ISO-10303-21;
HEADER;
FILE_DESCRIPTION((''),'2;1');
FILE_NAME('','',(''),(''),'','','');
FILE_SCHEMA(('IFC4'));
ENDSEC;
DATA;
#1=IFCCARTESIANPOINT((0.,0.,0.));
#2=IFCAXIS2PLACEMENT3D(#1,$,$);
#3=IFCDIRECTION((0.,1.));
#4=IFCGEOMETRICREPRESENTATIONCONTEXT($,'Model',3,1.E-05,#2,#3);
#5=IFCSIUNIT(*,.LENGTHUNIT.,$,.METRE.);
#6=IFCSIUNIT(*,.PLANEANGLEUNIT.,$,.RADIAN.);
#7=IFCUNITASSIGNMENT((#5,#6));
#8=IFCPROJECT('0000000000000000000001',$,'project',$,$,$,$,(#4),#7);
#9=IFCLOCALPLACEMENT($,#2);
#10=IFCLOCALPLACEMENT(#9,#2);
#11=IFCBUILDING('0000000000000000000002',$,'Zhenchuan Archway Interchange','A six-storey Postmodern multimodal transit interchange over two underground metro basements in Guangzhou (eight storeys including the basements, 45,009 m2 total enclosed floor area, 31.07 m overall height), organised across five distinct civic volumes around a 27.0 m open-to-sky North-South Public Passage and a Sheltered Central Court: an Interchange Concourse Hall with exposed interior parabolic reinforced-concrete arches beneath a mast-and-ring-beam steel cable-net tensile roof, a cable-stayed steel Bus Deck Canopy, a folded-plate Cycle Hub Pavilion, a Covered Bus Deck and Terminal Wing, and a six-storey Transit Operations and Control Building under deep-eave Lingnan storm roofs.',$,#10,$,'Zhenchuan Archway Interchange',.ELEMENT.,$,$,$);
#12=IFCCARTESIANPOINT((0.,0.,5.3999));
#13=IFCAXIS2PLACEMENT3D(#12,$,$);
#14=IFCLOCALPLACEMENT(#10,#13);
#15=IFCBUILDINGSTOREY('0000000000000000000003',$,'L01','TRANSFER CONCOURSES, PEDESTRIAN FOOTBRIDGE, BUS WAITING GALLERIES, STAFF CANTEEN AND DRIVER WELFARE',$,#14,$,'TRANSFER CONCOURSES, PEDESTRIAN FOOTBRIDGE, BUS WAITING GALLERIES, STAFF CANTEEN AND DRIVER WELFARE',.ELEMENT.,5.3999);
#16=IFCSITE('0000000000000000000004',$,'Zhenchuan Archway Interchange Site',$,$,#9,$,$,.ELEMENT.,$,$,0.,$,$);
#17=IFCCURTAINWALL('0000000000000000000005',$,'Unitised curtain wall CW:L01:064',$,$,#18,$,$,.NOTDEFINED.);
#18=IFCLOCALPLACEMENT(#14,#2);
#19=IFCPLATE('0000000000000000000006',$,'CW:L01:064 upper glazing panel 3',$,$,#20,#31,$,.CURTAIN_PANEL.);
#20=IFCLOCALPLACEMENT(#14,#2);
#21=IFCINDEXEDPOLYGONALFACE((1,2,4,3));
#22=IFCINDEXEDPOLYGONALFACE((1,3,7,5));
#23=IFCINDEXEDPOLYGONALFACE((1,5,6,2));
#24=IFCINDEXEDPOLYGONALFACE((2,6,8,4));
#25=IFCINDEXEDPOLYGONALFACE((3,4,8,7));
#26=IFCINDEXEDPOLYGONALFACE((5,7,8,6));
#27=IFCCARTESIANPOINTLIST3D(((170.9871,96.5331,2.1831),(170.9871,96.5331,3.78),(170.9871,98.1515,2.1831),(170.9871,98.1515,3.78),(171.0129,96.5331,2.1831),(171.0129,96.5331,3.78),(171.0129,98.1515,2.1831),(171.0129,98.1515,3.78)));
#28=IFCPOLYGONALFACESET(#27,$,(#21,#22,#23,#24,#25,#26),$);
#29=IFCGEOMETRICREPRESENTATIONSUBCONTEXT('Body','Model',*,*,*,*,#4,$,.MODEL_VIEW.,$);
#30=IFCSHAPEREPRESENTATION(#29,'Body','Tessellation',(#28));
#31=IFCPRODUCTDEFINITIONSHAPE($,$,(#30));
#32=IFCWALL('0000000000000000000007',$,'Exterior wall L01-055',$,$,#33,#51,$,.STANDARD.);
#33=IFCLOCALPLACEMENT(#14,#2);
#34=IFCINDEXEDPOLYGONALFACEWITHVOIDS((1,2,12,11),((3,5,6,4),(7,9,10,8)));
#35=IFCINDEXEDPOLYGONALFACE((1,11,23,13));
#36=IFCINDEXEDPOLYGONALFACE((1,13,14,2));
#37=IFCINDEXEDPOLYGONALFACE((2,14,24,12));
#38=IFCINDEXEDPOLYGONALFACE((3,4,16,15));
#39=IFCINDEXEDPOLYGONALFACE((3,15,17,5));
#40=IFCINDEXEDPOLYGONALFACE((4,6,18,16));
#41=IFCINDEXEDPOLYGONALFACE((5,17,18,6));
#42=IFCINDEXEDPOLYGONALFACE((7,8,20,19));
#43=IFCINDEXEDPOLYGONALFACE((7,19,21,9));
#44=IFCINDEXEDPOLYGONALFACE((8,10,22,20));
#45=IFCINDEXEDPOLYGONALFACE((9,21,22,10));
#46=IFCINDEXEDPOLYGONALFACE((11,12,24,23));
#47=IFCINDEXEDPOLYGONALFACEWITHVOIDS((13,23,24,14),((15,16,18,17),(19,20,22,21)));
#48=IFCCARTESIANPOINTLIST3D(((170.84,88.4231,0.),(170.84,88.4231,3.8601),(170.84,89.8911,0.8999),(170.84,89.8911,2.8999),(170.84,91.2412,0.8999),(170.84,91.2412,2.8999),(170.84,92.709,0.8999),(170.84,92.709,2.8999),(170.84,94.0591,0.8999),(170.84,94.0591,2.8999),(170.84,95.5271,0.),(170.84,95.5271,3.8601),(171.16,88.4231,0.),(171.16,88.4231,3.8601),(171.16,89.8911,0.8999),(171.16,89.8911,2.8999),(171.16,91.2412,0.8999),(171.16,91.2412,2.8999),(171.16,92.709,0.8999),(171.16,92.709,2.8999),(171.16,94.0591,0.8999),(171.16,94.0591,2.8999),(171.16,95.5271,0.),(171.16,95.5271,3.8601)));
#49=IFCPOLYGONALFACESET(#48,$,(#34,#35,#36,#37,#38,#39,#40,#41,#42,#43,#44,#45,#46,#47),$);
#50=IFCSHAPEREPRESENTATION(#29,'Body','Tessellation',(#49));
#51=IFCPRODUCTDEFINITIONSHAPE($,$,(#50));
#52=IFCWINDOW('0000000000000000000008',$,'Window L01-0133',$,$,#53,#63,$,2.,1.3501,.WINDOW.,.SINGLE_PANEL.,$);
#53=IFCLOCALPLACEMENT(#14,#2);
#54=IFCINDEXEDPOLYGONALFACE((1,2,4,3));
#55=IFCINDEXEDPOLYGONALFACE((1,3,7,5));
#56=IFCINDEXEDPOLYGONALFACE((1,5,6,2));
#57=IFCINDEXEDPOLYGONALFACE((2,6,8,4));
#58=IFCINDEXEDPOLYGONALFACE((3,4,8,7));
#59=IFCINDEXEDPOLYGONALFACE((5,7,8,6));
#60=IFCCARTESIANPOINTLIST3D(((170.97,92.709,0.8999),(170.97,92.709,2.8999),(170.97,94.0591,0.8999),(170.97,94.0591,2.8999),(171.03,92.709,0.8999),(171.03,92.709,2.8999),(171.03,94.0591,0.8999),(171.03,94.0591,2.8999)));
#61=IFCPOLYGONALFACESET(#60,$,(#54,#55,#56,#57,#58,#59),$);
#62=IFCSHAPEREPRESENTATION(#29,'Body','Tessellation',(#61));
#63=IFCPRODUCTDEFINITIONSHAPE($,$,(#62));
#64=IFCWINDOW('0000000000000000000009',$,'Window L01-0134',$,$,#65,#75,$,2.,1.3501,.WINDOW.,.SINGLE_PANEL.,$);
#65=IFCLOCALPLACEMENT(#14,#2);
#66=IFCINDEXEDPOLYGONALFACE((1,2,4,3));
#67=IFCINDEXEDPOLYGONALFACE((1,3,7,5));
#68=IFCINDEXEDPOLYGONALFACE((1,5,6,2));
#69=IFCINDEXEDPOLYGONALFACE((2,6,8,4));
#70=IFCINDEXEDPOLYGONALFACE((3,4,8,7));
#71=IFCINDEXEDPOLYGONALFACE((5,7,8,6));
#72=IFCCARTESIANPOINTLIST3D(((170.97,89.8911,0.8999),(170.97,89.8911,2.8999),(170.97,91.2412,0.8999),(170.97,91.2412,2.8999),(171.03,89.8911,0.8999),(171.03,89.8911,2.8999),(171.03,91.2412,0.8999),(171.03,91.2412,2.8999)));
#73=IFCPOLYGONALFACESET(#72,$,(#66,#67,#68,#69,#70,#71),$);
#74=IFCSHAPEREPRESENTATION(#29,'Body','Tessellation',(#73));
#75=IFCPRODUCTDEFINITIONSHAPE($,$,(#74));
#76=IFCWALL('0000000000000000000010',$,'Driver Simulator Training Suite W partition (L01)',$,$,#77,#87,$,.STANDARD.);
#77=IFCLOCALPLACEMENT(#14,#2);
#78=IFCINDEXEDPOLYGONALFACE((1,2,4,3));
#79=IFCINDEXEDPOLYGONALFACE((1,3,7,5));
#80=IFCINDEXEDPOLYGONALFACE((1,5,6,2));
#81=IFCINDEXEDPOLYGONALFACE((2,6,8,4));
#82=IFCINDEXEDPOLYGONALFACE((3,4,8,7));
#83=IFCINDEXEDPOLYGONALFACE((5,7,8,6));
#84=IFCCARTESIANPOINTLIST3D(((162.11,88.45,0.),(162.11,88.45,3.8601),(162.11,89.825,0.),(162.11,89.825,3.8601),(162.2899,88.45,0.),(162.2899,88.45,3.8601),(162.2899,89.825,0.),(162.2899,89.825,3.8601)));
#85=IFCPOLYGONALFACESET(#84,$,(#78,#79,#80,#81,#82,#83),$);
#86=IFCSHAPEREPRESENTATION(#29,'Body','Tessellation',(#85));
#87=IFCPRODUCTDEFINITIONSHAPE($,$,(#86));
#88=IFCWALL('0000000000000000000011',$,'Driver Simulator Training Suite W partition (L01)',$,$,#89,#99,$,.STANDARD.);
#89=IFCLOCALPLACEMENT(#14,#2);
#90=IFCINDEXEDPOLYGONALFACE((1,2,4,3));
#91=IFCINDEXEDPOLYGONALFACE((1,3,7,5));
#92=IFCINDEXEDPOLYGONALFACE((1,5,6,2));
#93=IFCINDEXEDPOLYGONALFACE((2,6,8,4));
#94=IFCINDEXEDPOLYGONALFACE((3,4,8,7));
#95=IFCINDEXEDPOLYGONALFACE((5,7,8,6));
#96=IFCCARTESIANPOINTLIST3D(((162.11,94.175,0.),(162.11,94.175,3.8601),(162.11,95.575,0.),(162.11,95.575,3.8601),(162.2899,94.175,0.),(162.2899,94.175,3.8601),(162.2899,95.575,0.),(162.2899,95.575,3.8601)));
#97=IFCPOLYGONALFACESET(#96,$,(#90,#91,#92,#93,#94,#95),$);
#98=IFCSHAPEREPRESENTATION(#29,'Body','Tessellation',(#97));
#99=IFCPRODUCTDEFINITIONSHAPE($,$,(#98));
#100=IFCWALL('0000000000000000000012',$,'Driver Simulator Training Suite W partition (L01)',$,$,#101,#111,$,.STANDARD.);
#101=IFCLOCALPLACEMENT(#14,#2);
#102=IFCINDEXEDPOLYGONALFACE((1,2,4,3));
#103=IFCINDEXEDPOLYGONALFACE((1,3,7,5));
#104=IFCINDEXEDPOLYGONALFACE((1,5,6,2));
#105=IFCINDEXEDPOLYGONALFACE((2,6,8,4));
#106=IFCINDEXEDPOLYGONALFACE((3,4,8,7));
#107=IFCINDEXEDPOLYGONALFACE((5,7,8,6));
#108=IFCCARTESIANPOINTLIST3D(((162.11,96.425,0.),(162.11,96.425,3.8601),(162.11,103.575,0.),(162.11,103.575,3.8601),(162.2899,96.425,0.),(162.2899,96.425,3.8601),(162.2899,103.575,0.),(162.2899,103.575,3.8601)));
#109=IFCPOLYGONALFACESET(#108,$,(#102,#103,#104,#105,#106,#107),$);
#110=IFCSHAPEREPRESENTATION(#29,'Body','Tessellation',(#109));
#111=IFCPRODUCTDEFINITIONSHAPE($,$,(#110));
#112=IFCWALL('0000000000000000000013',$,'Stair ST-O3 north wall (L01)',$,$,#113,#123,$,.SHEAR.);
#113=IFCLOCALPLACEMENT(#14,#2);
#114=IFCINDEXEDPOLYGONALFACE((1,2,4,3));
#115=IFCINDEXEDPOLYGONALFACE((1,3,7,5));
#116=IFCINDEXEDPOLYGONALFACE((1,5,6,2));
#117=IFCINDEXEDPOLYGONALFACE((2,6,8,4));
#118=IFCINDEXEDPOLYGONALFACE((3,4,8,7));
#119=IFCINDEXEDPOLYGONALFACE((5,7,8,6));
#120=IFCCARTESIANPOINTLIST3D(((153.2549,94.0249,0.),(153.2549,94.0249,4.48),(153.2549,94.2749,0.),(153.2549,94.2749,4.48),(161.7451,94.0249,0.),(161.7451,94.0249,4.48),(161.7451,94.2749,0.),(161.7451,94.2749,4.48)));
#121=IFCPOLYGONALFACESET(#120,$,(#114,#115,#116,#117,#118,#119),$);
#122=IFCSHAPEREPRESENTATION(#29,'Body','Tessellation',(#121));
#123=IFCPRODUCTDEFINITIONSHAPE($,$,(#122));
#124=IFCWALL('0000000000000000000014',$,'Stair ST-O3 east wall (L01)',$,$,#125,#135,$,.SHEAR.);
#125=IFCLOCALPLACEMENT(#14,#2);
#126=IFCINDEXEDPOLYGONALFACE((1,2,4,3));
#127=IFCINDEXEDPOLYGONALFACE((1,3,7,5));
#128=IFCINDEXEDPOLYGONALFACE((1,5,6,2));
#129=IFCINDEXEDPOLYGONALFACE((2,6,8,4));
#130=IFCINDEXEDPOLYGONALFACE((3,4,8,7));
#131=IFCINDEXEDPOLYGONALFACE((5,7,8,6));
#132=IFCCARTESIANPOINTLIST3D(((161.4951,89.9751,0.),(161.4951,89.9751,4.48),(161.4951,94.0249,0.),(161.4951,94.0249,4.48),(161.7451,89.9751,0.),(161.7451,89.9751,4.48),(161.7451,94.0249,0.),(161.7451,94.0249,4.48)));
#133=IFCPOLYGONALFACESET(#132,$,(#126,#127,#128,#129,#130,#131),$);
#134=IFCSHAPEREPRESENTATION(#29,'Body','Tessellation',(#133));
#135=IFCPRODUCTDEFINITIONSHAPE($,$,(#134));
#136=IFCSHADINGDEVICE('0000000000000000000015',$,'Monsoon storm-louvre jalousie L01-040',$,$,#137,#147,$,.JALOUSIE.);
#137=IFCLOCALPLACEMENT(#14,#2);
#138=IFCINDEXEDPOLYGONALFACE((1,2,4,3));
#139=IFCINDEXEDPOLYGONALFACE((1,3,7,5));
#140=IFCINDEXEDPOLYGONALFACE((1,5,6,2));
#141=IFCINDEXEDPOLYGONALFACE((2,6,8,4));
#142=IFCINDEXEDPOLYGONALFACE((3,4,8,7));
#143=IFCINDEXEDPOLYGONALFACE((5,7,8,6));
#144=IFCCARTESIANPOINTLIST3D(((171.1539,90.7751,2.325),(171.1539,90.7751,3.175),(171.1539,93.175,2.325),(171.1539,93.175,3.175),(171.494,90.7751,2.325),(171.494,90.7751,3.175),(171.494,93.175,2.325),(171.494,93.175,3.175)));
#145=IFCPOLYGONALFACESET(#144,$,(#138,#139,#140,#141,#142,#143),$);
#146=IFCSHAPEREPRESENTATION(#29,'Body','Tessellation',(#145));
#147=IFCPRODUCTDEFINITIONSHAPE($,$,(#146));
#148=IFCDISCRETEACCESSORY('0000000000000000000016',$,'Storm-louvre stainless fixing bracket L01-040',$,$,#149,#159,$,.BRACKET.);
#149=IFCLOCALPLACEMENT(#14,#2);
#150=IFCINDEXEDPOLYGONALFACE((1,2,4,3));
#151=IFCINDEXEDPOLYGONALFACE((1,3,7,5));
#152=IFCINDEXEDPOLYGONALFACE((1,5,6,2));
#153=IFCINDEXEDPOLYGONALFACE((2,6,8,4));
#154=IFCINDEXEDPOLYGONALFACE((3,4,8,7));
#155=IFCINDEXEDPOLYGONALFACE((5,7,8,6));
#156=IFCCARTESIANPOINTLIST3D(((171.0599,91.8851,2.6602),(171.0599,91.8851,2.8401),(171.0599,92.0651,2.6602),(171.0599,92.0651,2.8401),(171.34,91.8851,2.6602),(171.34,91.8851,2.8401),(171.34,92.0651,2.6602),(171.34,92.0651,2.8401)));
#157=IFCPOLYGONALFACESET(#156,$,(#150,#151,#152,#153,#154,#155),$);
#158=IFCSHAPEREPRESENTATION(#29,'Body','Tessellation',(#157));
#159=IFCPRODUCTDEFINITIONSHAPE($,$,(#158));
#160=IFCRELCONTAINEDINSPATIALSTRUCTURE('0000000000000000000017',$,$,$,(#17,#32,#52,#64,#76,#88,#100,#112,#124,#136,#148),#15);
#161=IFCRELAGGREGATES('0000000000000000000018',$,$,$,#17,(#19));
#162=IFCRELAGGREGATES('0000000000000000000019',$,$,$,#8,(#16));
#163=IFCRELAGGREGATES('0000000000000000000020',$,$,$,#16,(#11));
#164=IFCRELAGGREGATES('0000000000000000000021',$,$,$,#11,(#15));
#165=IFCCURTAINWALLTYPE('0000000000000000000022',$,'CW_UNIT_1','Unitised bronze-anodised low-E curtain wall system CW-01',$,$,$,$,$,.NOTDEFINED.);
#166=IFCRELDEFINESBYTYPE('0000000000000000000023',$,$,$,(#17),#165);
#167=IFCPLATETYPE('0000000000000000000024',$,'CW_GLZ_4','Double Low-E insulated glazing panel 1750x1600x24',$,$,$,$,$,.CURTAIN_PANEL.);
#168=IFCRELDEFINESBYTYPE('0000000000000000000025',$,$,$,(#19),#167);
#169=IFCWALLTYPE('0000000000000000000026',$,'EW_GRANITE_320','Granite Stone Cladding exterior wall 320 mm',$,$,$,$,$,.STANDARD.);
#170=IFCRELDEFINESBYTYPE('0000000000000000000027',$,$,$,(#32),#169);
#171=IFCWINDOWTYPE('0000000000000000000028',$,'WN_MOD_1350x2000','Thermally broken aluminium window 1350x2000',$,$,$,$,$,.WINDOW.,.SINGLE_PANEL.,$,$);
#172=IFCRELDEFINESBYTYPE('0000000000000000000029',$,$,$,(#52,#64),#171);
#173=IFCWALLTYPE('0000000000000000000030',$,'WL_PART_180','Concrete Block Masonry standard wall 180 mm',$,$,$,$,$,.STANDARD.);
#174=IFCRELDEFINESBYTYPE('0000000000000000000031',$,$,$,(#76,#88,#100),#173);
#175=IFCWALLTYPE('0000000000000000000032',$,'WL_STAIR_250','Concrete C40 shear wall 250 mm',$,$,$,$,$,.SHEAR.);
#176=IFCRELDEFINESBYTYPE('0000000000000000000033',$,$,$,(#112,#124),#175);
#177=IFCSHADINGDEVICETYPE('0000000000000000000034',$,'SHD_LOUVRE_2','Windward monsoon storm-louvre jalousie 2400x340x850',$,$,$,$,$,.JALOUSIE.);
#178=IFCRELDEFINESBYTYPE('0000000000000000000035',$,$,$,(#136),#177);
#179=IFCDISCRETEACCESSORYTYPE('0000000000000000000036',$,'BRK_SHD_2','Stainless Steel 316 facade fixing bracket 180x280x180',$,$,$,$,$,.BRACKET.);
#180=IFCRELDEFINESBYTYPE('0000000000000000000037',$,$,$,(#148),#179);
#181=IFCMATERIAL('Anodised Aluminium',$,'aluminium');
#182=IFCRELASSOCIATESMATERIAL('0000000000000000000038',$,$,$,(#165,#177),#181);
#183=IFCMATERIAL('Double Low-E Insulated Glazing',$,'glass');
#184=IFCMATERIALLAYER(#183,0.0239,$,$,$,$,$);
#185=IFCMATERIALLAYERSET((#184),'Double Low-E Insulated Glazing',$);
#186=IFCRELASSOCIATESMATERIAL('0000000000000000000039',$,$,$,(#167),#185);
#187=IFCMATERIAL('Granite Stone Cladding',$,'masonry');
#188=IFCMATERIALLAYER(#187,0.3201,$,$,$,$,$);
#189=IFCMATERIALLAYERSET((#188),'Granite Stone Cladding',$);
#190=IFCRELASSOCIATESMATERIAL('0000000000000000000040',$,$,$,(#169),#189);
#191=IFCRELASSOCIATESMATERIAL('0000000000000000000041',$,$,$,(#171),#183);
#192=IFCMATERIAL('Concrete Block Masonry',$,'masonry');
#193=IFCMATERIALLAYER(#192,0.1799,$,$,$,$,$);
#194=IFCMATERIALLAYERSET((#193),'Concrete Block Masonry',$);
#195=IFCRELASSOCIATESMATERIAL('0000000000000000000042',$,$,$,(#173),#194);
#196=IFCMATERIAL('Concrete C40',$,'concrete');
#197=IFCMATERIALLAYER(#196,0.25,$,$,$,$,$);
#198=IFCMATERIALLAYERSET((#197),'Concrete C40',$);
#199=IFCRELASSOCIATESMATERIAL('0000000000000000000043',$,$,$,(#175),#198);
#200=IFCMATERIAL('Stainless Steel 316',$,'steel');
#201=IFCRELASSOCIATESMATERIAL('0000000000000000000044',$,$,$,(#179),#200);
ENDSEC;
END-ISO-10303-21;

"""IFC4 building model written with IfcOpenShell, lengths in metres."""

from ifc_helpers import new_model, si_unit, direction, frame, frame_2d, origin, origin_2d, place, context, subcontext, project, spatial, rectangle, extrude, material, layer, layer_set, type_object, element, fill, aggregate, save


model = new_model("IFC4")

# Units and contexts
model_context = context("Model", 3, precision=1e-05, world=origin(), true_north=direction((0.0, 1.0)))
body_context = subcontext(model_context, "Body", "Model", "MODEL_VIEW")
ifc_project = project(units=[si_unit("LENGTHUNIT", "METRE"), si_unit("PLANEANGLEUNIT", "RADIAN")], contexts=[model_context])

# Site, building, storey
site_placement = place(None, origin())
site = spatial("IfcSite", under=ifc_project, at=site_placement, Name="Zhenchuan Archway Interchange Site", CompositionType="ELEMENT", RefElevation=0.0)
building_placement = place(site_placement, origin())
building = spatial("IfcBuilding", under=site, at=building_placement, Name="Zhenchuan Archway Interchange", Description="A six-storey Postmodern multimodal transit interchange over two underground metro basements in Guangzhou (eight storeys including the basements, 45,009 m2 total enclosed floor area, 31.07 m overall height), organised across five distinct civic volumes around a 27.0 m open-to-sky North-South Public Passage and a Sheltered Central Court: an Interchange Concourse Hall with exposed interior parabolic reinforced-concrete arches beneath a mast-and-ring-beam steel cable-net tensile roof, a cable-stayed steel Bus Deck Canopy, a folded-plate Cycle Hub Pavilion, a Covered Bus Deck and Terminal Wing, and a six-storey Transit Operations and Control Building under deep-eave Lingnan storm roofs.", LongName="Zhenchuan Archway Interchange", CompositionType="ELEMENT")
storey_placement = place(building_placement, frame((0.0, 0.0, 5.3999)))
storey = spatial("IfcBuildingStorey", under=building, at=storey_placement, Name="L01", Description="TRANSFER CONCOURSES, PEDESTRIAN FOOTBRIDGE, BUS WAITING GALLERIES, STAFF CANTEEN AND DRIVER WELFARE", LongName="TRANSFER CONCOURSES, PEDESTRIAN FOOTBRIDGE, BUS WAITING GALLERIES, STAFF CANTEEN AND DRIVER WELFARE", CompositionType="ELEMENT", Elevation=5.3999)

# Shared definitions
ifc_material_1 = material(Name="Concrete C40", Category="concrete")

# Curtain wall
ifc_material_2 = material(Name="Anodised Aluminium", Category="aluminium")
curtain_wall_type = type_object("IfcCurtainWallType", Name="CW_UNIT_1", Description="Unitised bronze-anodised low-E curtain wall system CW-01", PredefinedType="NOTDEFINED", material=ifc_material_2)
curtain_wall_placement = place(storey_placement, origin())
curtain_wall = element("IfcCurtainWall", 1, at=curtain_wall_placement, inside=storey, type_object=curtain_wall_type, Name="Unitised curtain wall CW:L01:064", PredefinedType="NOTDEFINED")

# Plate
ifc_material_3 = material(Name="Double Low-E Insulated Glazing", Category="glass")
ifc_layer_1 = layer(ifc_material_3, 0.0239)
ifc_layer_set_1 = layer_set([ifc_layer_1], Name="Double Low-E Insulated Glazing")
plate_type_1 = type_object("IfcPlateType", Name="CW_GLZ_4", Description="Double Low-E insulated glazing panel 1750x1600x24", PredefinedType="CURTAIN_PANEL", material=ifc_layer_set_1)
plate_1_placement = place(storey_placement, frame((171.0, 97.3423, 2.1831), z_axis=(0.0, 0.0, 1.0), x_axis=(0.0, -1.0, 0.0)))
plate_1 = element("IfcPlate", 2, at=plate_1_placement, type_object=plate_type_1, Name="CW:L01:064 upper glazing panel 3", PredefinedType="CURTAIN_PANEL", context=body_context, shape_type="SweptSolid", body=[
    extrude(rectangle(XDim=1.6184, YDim=0.0259, at=origin_2d()), origin(), (0.0, 0.0, 1.0), 1.5969),
])
aggregate(curtain_wall, [plate_1])

# Wall, openings, windows
ifc_material_4 = material(Name="Granite Stone Cladding", Category="masonry")
ifc_layer_2 = layer(ifc_material_4, 0.3201)
ifc_layer_set_2 = layer_set([ifc_layer_2], Name="Granite Stone Cladding")
wall_type_1 = type_object("IfcWallType", Name="EW_GRANITE_320", Description="Granite Stone Cladding exterior wall 320 mm", PredefinedType="STANDARD", material=ifc_layer_set_2)
wall_1_placement = place(storey_placement, frame((171.0, 95.5271, 0.0), z_axis=(0.0, 0.0, 1.0), x_axis=(0.0, -1.0, 0.0)))
wall_1 = element("IfcWall", 3, at=wall_1_placement, inside=storey, type_object=wall_type_1, Name="Exterior wall L01-055", PredefinedType="STANDARD", context=body_context, shape_type="SweptSolid", body=[
    extrude(rectangle(XDim=7.104, YDim=0.3201, at=frame_2d((3.552, 0.0))), origin(), (0.0, 0.0, 1.0), 3.8601),
])
opening_1_placement = place(wall_1_placement, frame((1.468, 0.0, 0.8999)))
opening_1 = element("IfcOpeningElement", 4, at=opening_1_placement, cuts=wall_1, PredefinedType="OPENING", context=body_context, shape_type="SweptSolid", body=[
    extrude(rectangle(XDim=1.3501, YDim=2.0, at=frame_2d((0.675, 1.0))), frame((0.0, 0.1719, 0.0), z_axis=(0.0, -1.0, 0.0), x_axis=(1.0, 0.0, 0.0)), (0.0, 0.0, 1.0), 0.344),
])
opening_2_placement = place(wall_1_placement, frame((4.2859, 0.0, 0.8999)))
opening_2 = element("IfcOpeningElement", 5, at=opening_2_placement, cuts=wall_1, PredefinedType="OPENING", context=body_context, shape_type="SweptSolid", body=[
    extrude(rectangle(XDim=1.3501, YDim=2.0, at=frame_2d((0.675, 1.0))), frame((0.0, 0.1719, 0.0), z_axis=(0.0, -1.0, 0.0), x_axis=(1.0, 0.0, 0.0)), (0.0, 0.0, 1.0), 0.344),
])
window_type = type_object("IfcWindowType", Name="WN_MOD_1350x2000", Description="Thermally broken aluminium window 1350x2000", PartitioningType="SINGLE_PANEL", PredefinedType="WINDOW", material=ifc_material_3)
window_1_placement = place(opening_1_placement, origin())
window_1 = element("IfcWindow", 6, at=window_1_placement, inside=storey, type_object=window_type, Name="Window L01-0133", OverallHeight=2.0, OverallWidth=1.3501, PartitioningType="SINGLE_PANEL", PredefinedType="WINDOW", context=body_context, shape_type="SweptSolid", body=[
    extrude(rectangle(XDim=1.3501, YDim=2.0, at=frame_2d((0.675, 1.0))), frame((0.0, 0.03, 0.0), z_axis=(0.0, -1.0, 0.0), x_axis=(1.0, 0.0, 0.0)), (0.0, 0.0, 1.0), 0.0601),
])
fill(opening_1, window_1)
window_2_placement = place(opening_2_placement, origin())
window_2 = element("IfcWindow", 7, at=window_2_placement, inside=storey, type_object=window_type, Name="Window L01-0134", OverallHeight=2.0, OverallWidth=1.3501, PartitioningType="SINGLE_PANEL", PredefinedType="WINDOW", context=body_context, shape_type="SweptSolid", body=[
    extrude(rectangle(XDim=1.3501, YDim=2.0, at=frame_2d((0.675, 1.0))), frame((0.0, 0.03, 0.0), z_axis=(0.0, -1.0, 0.0), x_axis=(1.0, 0.0, 0.0)), (0.0, 0.0, 1.0), 0.0601),
])
fill(opening_2, window_2)

# Walls
ifc_material_5 = material(Name="Concrete Block Masonry", Category="masonry")
ifc_layer_3 = layer(ifc_material_5, 0.1799)
ifc_layer_set_3 = layer_set([ifc_layer_3], Name="Concrete Block Masonry")
wall_type_2 = type_object("IfcWallType", Name="WL_PART_180", Description="Concrete Block Masonry standard wall 180 mm", PredefinedType="STANDARD", material=ifc_layer_set_3)
wall_2_placement = place(storey_placement, frame((162.2, 88.45, 0.0), z_axis=(0.0, 0.0, 1.0), x_axis=(0.0, 1.0, 0.0)))
element("IfcWall", 8, at=wall_2_placement, inside=storey, type_object=wall_type_2, Name="Driver Simulator Training Suite W partition (L01)", PredefinedType="STANDARD", context=body_context, shape_type="SweptSolid", body=[
    extrude(rectangle(XDim=1.375, YDim=0.1799, at=frame_2d((0.6875, 0.0))), origin(), (0.0, 0.0, 1.0), 3.8601),
])
wall_3_placement = place(storey_placement, frame((162.2, 94.175, 0.0), z_axis=(0.0, 0.0, 1.0), x_axis=(0.0, 1.0, 0.0)))
element("IfcWall", 9, at=wall_3_placement, inside=storey, type_object=wall_type_2, Name="Driver Simulator Training Suite W partition (L01)", PredefinedType="STANDARD", context=body_context, shape_type="SweptSolid", body=[
    extrude(rectangle(XDim=1.3999, YDim=0.1799, at=frame_2d((0.7, 0.0))), origin(), (0.0, 0.0, 1.0), 3.8601),
])
wall_4_placement = place(storey_placement, frame((162.2, 96.425, 0.0), z_axis=(0.0, 0.0, 1.0), x_axis=(0.0, 1.0, 0.0)))
element("IfcWall", 10, at=wall_4_placement, inside=storey, type_object=wall_type_2, Name="Driver Simulator Training Suite W partition (L01)", PredefinedType="STANDARD", context=body_context, shape_type="SweptSolid", body=[
    extrude(rectangle(XDim=7.1499, YDim=0.1799, at=frame_2d((3.575, 0.0))), origin(), (0.0, 0.0, 1.0), 3.8601),
])
ifc_layer_4 = layer(ifc_material_1, 0.25)
ifc_layer_set_4 = layer_set([ifc_layer_4], Name="Concrete C40")
wall_type_3 = type_object("IfcWallType", Name="WL_STAIR_250", Description="Concrete C40 shear wall 250 mm", PredefinedType="SHEAR", material=ifc_layer_set_4)
wall_5_placement = place(storey_placement, frame((161.7451, 94.1499, 0.0), z_axis=(0.0, 0.0, 1.0), x_axis=(-1.0, 0.0, 0.0)))
element("IfcWall", 11, at=wall_5_placement, inside=storey, type_object=wall_type_3, Name="Stair ST-O3 north wall (L01)", PredefinedType="SHEAR", context=body_context, shape_type="SweptSolid", body=[
    extrude(rectangle(XDim=8.4902, YDim=0.25, at=frame_2d((4.2451, 0.0))), origin(), (0.0, 0.0, 1.0), 4.48),
])
wall_6_placement = place(storey_placement, frame((161.6201, 89.9751, 0.0), z_axis=(0.0, 0.0, 1.0), x_axis=(0.0, 1.0, 0.0)))
element("IfcWall", 12, at=wall_6_placement, inside=storey, type_object=wall_type_3, Name="Stair ST-O3 east wall (L01)", PredefinedType="SHEAR", context=body_context, shape_type="SweptSolid", body=[
    extrude(rectangle(XDim=4.0498, YDim=0.25, at=frame_2d((2.0249, 0.0))), origin(), (0.0, 0.0, 1.0), 4.48),
])

# Shading device
shading_device_type = type_object("IfcShadingDeviceType", Name="SHD_LOUVRE_2", Description="Windward monsoon storm-louvre jalousie 2400x340x850", PredefinedType="JALOUSIE", material=ifc_material_2)
shading_device_placement = place(storey_placement, frame((171.324, 91.9751, 2.325), z_axis=(0.0, 0.0, 1.0), x_axis=(0.0, -1.0, 0.0)))
element("IfcShadingDevice", 13, at=shading_device_placement, inside=storey, type_object=shading_device_type, Name="Monsoon storm-louvre jalousie L01-040", PredefinedType="JALOUSIE", context=body_context, shape_type="SweptSolid", body=[
    extrude(rectangle(XDim=2.3999, YDim=0.3401, at=origin_2d()), origin(), (0.0, 0.0, 1.0), 0.8501),
])

# Discrete accessory
ifc_material_6 = material(Name="Stainless Steel 316", Category="steel")
discrete_accessory_type = type_object("IfcDiscreteAccessoryType", Name="BRK_SHD_2", Description="Stainless Steel 316 facade fixing bracket 180x280x180", PredefinedType="BRACKET", material=ifc_material_6)
discrete_accessory_placement = place(storey_placement, frame((171.2, 91.9751, 2.6602), z_axis=(0.0, 0.0, 1.0), x_axis=(0.0, -1.0, 0.0)))
element("IfcDiscreteAccessory", 14, at=discrete_accessory_placement, inside=storey, type_object=discrete_accessory_type, Name="Storm-louvre stainless fixing bracket L01-040", PredefinedType="BRACKET", context=body_context, shape_type="SweptSolid", body=[
    extrude(rectangle(XDim=0.1799, YDim=0.28, at=origin_2d()), origin(), (0.0, 0.0, 1.0), 0.1799),
])

save(model, "model.ifc")
